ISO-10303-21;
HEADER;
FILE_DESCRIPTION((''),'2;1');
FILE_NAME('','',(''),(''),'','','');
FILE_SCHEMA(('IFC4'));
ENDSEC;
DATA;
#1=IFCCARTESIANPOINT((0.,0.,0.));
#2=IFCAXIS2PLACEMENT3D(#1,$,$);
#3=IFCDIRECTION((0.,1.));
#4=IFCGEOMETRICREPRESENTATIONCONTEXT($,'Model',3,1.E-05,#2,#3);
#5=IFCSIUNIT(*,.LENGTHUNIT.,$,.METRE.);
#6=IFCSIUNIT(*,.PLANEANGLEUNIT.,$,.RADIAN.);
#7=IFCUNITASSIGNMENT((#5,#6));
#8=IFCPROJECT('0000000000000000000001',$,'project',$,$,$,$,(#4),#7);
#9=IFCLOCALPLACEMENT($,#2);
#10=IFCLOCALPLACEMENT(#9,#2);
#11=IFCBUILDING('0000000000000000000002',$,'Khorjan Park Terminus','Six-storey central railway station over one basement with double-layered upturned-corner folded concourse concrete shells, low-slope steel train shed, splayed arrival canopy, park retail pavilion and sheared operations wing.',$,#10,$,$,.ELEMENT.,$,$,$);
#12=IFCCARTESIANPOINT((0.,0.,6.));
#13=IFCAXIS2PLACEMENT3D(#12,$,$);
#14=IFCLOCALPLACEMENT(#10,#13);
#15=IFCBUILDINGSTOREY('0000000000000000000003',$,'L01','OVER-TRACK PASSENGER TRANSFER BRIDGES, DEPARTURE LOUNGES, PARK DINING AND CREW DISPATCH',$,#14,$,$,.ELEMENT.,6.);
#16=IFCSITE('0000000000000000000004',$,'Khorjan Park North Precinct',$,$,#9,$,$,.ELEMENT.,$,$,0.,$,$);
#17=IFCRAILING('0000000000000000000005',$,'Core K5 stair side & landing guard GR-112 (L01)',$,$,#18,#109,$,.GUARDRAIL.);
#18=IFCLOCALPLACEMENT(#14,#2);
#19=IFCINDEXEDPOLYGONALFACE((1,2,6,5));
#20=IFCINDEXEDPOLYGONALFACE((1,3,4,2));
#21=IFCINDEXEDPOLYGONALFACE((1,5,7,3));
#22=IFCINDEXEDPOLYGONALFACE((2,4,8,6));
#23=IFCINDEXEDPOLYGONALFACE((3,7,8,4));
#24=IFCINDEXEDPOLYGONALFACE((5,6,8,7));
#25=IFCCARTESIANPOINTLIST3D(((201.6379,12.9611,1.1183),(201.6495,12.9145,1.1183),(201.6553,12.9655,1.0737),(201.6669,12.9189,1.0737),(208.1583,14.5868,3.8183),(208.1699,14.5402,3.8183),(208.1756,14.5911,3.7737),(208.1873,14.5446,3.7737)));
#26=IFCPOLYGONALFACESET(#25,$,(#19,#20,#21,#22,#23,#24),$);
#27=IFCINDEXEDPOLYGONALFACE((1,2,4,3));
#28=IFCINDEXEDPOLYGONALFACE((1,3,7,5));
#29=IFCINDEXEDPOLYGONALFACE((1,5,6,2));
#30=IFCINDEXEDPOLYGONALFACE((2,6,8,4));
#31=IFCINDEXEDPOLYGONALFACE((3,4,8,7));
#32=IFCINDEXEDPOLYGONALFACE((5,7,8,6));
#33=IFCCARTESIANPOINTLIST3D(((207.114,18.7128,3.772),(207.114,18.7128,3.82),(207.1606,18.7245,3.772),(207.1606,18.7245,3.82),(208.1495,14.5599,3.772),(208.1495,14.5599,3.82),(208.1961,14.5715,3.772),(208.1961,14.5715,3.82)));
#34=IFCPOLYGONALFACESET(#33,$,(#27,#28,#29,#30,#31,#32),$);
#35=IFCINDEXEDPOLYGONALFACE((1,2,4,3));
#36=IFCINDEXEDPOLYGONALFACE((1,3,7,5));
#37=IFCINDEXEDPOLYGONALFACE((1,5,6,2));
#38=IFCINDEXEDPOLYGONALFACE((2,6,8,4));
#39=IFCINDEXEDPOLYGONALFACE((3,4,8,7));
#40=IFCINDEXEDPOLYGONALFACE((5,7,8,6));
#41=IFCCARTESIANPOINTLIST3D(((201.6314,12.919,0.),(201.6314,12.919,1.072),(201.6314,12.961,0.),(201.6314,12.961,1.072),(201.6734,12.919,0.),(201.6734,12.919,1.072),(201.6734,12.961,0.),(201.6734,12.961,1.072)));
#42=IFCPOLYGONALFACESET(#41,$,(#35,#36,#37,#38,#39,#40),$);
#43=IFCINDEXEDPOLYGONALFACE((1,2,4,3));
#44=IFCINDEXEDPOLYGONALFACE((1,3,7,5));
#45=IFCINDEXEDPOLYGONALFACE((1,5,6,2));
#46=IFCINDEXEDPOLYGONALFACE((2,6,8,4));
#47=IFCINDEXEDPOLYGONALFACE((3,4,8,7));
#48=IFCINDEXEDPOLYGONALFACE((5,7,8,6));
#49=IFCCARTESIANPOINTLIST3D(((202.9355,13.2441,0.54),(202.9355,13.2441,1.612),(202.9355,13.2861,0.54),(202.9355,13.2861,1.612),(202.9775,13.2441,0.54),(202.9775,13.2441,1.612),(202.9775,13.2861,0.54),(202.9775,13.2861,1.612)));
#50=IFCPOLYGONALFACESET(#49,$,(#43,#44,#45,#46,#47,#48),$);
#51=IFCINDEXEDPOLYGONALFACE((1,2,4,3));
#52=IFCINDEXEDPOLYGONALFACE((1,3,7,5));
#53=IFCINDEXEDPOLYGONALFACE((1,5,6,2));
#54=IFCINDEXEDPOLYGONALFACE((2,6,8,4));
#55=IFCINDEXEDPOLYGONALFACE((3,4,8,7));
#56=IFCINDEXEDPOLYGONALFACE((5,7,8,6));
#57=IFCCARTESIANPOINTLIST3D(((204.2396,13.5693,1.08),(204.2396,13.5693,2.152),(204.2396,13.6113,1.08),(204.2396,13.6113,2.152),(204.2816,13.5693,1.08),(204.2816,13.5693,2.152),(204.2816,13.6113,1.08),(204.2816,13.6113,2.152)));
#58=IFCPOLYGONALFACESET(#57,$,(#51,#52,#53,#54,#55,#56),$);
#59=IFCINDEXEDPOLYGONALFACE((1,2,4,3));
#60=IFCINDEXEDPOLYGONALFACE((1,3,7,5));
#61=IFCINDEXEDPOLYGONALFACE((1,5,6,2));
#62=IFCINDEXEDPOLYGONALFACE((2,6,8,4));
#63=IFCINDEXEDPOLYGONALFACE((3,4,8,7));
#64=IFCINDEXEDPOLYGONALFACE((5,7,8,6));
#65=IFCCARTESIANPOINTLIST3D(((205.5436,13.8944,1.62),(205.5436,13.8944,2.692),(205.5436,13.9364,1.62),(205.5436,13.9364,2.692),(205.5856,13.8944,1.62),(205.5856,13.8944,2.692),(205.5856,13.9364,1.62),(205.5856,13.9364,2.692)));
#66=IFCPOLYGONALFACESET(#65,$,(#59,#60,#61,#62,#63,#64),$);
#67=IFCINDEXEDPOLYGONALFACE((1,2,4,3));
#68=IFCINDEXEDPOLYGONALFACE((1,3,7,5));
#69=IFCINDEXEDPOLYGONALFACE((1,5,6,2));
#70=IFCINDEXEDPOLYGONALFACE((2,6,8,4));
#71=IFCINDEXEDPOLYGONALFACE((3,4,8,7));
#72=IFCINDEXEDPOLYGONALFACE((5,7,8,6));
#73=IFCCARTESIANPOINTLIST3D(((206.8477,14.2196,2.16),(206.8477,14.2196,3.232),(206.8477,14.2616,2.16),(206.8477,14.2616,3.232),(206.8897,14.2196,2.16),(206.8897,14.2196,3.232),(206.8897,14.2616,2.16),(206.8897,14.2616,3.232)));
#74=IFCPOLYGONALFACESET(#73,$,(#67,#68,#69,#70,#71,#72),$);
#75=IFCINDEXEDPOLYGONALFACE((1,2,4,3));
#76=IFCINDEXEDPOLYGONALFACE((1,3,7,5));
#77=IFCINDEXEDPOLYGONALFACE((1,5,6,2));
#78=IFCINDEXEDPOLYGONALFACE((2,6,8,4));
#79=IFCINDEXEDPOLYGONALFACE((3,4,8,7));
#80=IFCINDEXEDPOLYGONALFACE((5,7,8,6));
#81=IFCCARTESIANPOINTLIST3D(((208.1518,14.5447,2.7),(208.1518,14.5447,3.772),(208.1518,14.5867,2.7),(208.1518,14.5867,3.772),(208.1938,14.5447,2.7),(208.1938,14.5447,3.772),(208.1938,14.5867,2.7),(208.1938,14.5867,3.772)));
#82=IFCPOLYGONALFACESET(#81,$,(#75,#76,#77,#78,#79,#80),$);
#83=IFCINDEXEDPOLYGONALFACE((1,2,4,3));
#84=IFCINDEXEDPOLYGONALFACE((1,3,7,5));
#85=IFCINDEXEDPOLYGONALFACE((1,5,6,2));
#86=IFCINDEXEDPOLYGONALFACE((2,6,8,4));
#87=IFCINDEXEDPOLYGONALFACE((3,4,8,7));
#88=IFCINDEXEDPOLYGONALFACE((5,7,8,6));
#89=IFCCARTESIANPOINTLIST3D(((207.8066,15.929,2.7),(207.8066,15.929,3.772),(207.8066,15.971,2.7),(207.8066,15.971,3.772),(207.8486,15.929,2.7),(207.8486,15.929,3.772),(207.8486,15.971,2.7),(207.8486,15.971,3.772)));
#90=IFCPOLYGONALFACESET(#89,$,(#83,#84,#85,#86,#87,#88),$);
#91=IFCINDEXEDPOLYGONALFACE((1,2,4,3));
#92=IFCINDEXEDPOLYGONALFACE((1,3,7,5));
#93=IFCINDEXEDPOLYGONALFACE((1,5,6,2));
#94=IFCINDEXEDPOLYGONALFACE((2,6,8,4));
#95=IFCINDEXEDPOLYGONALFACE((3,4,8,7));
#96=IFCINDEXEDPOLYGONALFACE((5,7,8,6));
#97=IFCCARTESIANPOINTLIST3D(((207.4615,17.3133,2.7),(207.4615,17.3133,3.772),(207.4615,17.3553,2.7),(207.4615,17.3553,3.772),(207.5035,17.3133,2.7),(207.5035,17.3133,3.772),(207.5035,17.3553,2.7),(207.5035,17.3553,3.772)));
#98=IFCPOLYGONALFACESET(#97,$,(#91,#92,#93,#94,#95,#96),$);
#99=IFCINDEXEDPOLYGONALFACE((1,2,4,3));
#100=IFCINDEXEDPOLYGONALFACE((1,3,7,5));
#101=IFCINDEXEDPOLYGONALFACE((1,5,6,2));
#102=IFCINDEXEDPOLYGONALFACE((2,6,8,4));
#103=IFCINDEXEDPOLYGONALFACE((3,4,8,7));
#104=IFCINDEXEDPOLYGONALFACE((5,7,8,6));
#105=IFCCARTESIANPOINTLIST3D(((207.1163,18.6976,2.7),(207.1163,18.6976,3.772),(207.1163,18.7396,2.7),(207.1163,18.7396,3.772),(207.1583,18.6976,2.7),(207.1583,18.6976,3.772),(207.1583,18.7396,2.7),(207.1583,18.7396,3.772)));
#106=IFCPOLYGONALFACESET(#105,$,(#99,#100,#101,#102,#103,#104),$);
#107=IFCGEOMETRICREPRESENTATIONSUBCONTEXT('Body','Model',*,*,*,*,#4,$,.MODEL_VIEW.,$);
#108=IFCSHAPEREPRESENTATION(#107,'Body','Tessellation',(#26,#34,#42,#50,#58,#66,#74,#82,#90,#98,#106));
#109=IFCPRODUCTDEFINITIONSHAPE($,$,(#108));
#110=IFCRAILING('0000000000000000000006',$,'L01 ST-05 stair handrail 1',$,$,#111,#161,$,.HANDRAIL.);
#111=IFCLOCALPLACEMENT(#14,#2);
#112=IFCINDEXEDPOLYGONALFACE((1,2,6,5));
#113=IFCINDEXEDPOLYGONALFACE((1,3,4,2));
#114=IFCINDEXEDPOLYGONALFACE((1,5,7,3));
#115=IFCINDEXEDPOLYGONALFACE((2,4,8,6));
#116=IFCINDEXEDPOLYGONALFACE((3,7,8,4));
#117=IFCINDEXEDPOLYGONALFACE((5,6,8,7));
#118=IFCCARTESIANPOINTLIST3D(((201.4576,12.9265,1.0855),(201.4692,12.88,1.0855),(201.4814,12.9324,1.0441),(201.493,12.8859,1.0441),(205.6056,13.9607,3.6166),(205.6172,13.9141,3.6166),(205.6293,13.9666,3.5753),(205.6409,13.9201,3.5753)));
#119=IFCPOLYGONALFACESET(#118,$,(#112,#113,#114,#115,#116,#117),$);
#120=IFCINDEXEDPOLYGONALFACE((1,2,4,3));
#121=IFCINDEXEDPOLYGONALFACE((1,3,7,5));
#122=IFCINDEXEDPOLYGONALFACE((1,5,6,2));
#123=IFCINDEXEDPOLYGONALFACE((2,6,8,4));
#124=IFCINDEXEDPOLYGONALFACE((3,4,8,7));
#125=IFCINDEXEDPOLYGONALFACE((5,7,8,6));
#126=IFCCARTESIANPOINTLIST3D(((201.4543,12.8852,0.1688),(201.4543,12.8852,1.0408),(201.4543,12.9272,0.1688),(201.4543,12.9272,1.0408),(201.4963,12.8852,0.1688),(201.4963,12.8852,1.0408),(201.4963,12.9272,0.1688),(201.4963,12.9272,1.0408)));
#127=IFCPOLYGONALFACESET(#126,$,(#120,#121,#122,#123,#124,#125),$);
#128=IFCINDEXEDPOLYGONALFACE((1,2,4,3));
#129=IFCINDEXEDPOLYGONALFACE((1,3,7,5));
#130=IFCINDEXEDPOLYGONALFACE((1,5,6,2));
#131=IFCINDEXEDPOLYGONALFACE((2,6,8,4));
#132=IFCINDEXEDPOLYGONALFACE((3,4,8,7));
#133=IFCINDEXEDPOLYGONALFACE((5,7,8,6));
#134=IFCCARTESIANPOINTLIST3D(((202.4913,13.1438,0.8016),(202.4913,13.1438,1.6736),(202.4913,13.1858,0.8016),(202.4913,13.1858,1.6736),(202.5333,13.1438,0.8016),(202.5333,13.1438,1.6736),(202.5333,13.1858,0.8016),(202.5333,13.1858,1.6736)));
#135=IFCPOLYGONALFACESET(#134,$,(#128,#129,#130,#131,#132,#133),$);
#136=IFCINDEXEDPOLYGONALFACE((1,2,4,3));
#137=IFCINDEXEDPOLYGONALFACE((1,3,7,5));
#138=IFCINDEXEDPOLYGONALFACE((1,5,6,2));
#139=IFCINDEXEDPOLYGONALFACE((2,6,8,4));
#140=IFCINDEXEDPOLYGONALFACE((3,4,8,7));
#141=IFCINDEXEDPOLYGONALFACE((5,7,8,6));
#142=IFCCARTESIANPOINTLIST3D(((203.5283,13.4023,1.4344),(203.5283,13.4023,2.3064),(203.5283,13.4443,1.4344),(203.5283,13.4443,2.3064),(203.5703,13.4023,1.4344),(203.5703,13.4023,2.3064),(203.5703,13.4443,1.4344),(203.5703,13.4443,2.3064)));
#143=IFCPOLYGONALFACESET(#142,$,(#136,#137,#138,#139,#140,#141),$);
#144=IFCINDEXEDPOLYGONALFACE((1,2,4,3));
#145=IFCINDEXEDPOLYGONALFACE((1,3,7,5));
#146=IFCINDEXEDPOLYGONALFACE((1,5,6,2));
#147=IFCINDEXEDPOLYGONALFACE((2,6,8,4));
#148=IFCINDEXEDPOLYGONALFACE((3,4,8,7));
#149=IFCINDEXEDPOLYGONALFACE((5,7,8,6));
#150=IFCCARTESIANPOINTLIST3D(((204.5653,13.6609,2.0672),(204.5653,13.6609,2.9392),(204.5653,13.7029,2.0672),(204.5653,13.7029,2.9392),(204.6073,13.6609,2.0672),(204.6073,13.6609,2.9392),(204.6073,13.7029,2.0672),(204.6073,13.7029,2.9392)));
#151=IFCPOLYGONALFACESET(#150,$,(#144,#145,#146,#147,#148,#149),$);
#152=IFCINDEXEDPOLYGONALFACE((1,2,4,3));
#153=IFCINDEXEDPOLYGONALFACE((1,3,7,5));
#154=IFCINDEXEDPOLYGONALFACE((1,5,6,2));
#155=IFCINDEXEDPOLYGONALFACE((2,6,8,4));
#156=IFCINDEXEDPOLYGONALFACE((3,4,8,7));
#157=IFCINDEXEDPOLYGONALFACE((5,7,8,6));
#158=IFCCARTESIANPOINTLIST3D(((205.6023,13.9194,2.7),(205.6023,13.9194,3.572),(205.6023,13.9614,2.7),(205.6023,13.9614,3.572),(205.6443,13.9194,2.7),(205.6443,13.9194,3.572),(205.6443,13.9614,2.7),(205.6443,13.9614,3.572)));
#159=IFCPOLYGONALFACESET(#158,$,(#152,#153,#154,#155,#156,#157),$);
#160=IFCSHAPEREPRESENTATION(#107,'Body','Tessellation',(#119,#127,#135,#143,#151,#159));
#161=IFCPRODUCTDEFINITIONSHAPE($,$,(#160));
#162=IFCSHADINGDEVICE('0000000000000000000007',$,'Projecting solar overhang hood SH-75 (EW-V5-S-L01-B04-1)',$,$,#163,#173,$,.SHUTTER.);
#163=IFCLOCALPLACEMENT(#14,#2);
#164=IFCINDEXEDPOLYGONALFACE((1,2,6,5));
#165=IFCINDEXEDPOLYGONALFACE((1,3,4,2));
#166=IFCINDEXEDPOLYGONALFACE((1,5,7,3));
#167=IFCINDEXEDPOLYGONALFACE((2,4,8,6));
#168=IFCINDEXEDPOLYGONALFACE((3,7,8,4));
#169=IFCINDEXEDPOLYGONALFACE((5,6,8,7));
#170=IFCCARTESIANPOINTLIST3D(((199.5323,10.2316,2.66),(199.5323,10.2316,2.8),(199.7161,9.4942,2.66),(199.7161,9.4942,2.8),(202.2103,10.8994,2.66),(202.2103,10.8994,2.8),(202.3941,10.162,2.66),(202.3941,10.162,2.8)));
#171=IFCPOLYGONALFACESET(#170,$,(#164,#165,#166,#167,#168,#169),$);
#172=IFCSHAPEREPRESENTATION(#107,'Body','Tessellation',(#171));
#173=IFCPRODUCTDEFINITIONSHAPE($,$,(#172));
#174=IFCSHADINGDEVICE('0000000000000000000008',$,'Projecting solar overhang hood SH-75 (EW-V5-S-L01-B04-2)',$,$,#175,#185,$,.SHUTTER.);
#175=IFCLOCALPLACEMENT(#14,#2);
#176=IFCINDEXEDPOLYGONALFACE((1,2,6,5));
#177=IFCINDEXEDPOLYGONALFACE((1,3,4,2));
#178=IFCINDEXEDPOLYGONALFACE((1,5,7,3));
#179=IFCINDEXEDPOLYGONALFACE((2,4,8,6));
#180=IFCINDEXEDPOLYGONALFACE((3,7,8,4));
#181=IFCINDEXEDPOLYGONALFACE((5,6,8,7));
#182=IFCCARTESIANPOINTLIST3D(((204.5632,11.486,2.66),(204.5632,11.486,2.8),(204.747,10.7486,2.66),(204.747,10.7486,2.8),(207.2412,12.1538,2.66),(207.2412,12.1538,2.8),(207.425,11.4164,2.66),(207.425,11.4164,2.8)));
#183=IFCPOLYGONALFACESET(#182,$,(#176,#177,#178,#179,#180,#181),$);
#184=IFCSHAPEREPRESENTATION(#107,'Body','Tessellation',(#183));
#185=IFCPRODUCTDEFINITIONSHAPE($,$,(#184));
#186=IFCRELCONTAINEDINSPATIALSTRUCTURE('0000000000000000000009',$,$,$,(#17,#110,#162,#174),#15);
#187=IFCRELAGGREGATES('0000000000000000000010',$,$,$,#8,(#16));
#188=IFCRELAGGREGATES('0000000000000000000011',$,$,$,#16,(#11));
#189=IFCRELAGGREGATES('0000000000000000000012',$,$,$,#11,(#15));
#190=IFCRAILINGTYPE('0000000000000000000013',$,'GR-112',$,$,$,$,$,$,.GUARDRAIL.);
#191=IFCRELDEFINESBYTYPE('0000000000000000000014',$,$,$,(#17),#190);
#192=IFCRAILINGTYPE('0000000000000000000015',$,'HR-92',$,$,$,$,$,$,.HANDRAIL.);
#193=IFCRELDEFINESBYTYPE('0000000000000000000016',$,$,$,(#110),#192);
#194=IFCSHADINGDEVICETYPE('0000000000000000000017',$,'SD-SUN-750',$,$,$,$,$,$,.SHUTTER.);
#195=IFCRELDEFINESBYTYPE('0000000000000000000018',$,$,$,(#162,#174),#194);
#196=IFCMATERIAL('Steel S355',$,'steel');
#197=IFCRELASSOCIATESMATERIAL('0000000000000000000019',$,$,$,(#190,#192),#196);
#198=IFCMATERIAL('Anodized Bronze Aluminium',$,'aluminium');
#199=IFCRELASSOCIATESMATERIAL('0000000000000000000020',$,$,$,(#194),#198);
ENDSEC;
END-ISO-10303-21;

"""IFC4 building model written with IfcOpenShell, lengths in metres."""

from ifc_helpers import new_model, si_unit, direction, frame, origin, origin_2d, place, context, subcontext, project, spatial, rectangle, extrude, material, type_object, element, save


model = new_model("IFC4")

# Units and contexts
model_context = context("Model", 3, precision=1e-05, world=origin(), true_north=direction((0.0, 1.0)))
body_context = subcontext(model_context, "Body", "Model", "MODEL_VIEW")
ifc_project = project(units=[si_unit("LENGTHUNIT", "METRE"), si_unit("PLANEANGLEUNIT", "RADIAN")], contexts=[model_context])

# Site, building, storey
site_placement = place(None, origin())
site = spatial("IfcSite", under=ifc_project, at=site_placement, Name="Khorjan Park North Precinct", CompositionType="ELEMENT", RefElevation=0.0)
building_placement = place(site_placement, origin())
building = spatial("IfcBuilding", under=site, at=building_placement, Name="Khorjan Park Terminus", Description="Six-storey central railway station over one basement with double-layered upturned-corner folded concourse concrete shells, low-slope steel train shed, splayed arrival canopy, park retail pavilion and sheared operations wing.", CompositionType="ELEMENT")
storey_placement = place(building_placement, frame((0.0, 0.0, 6.0)))
storey = spatial("IfcBuildingStorey", under=building, at=storey_placement, Name="L01", Description="OVER-TRACK PASSENGER TRANSFER BRIDGES, DEPARTURE LOUNGES, PARK DINING AND CREW DISPATCH", CompositionType="ELEMENT", Elevation=6.0)

# Railings
ifc_material_1 = material(Name="Steel S355", Category="steel")
railing_type_1 = type_object("IfcRailingType", Name="GR-112", PredefinedType="GUARDRAIL", material=ifc_material_1)
railing_1_placement = place(storey_placement, frame((201.6524, 12.94, 0.0)))
element("IfcRailing", 1, at=railing_1_placement, inside=storey, type_object=railing_type_1, Name="Core K5 stair side & landing guard GR-112 (L01)", PredefinedType="GUARDRAIL", context=body_context, shape_type="SweptSolid", body=[
    extrude(rectangle(XDim=0.048, YDim=0.048, at=origin_2d()), frame((0.0, 0.0, 1.096), z_axis=(0.900342, 0.224478, 0.372818), x_axis=(-0.241919, 0.970296, 0.0)), (0.0, 0.0, 1.0), 7.2421),
    extrude(rectangle(XDim=0.048, YDim=0.048, at=origin_2d()), frame((6.5204, 1.6257, 3.796), z_axis=(-0.241936, 0.970292, 0.0), x_axis=(-0.970292, -0.241936, 0.0)), (0.0, 0.0, 1.0), 4.2801),
    extrude(rectangle(XDim=0.042, YDim=0.042, at=origin_2d()), origin(), (0.0, 0.0, 1.0), 1.072),
    extrude(rectangle(XDim=0.042, YDim=0.042, at=origin_2d()), frame((1.3041, 0.3251, 0.54)), (0.0, 0.0, 1.0), 1.072),
    extrude(rectangle(XDim=0.042, YDim=0.042, at=origin_2d()), frame((2.6082, 0.6503, 1.08)), (0.0, 0.0, 1.0), 1.072),
    extrude(rectangle(XDim=0.042, YDim=0.042, at=origin_2d()), frame((3.9122, 0.9754, 1.62)), (0.0, 0.0, 1.0), 1.072),
    extrude(rectangle(XDim=0.042, YDim=0.042, at=origin_2d()), frame((5.2163, 1.3006, 2.16)), (0.0, 0.0, 1.0), 1.072),
    extrude(rectangle(XDim=0.042, YDim=0.042, at=origin_2d()), frame((6.5204, 1.6257, 2.7)), (0.0, 0.0, 1.0), 1.072),
    extrude(rectangle(XDim=0.042, YDim=0.042, at=origin_2d()), frame((6.1752, 3.01, 2.7)), (0.0, 0.0, 1.0), 1.072),
    extrude(rectangle(XDim=0.042, YDim=0.042, at=origin_2d()), frame((5.8301, 4.3943, 2.7)), (0.0, 0.0, 1.0), 1.072),
    extrude(rectangle(XDim=0.042, YDim=0.042, at=origin_2d()), frame((5.4849, 5.7786, 2.7)), (0.0, 0.0, 1.0), 1.072),
])
railing_type_2 = type_object("IfcRailingType", Name="HR-92", PredefinedType="HANDRAIL", material=ifc_material_1)
railing_2_placement = place(storey_placement, frame((201.4753, 12.9062, 0.1688)))
element("IfcRailing", 2, at=railing_2_placement, inside=storey, type_object=railing_type_2, Name="L01 ST-05 stair handrail 1", PredefinedType="HANDRAIL", context=body_context, shape_type="SweptSolid", body=[
    extrude(rectangle(XDim=0.048, YDim=0.048, at=origin_2d()), frame((0.0, 0.0, 0.896), z_axis=(0.83492, 0.208166, 0.509486), x_axis=(-0.241919, 0.970296, 0.0)), (0.0, 0.0, 1.0), 4.9681),
    extrude(rectangle(XDim=0.042, YDim=0.042, at=origin_2d()), origin(), (0.0, 0.0, 1.0), 0.872),
    extrude(rectangle(XDim=0.042, YDim=0.042, at=origin_2d()), frame((1.037, 0.2586, 0.6328)), (0.0, 0.0, 1.0), 0.872),
    extrude(rectangle(XDim=0.042, YDim=0.042, at=origin_2d()), frame((2.074, 0.5171, 1.2656)), (0.0, 0.0, 1.0), 0.872),
    extrude(rectangle(XDim=0.042, YDim=0.042, at=origin_2d()), frame((3.111, 0.7757, 1.8984)), (0.0, 0.0, 1.0), 0.872),
    extrude(rectangle(XDim=0.042, YDim=0.042, at=origin_2d()), frame((4.148, 1.0342, 2.5312)), (0.0, 0.0, 1.0), 0.872),
])

# Shading devices
ifc_material_2 = material(Name="Anodized Bronze Aluminium", Category="aluminium")
shading_device_type = type_object("IfcShadingDeviceType", Name="SD-SUN-750", PredefinedType="SHUTTER", material=ifc_material_2)
for number, where, z_axis, x_axis, name in (
    (3, (200.9632, 10.1968, 2.66), (0.0, 0.0, 1.0), (0.970294, 0.24193, 0.0), "Projecting solar overhang hood SH-75 (EW-V5-S-L01-B04-1)"),
    (4, (205.9941, 11.4512, 2.66), (0.0, 0.0, 1.0), (0.970294, 0.24193, 0.0), "Projecting solar overhang hood SH-75 (EW-V5-S-L01-B04-2)"),
):
    element("IfcShadingDevice", number, at=place(storey_placement, frame(where, z_axis=z_axis, x_axis=x_axis)), inside=storey, type_object=shading_device_type, Name=name, PredefinedType="SHUTTER", context=body_context, shape_type="SweptSolid", body=[
        extrude(rectangle(XDim=2.76, YDim=0.76, at=origin_2d()), origin(), (0.0, 0.0, 1.0), 0.14),
    ])

save(model, "model.ifc")
